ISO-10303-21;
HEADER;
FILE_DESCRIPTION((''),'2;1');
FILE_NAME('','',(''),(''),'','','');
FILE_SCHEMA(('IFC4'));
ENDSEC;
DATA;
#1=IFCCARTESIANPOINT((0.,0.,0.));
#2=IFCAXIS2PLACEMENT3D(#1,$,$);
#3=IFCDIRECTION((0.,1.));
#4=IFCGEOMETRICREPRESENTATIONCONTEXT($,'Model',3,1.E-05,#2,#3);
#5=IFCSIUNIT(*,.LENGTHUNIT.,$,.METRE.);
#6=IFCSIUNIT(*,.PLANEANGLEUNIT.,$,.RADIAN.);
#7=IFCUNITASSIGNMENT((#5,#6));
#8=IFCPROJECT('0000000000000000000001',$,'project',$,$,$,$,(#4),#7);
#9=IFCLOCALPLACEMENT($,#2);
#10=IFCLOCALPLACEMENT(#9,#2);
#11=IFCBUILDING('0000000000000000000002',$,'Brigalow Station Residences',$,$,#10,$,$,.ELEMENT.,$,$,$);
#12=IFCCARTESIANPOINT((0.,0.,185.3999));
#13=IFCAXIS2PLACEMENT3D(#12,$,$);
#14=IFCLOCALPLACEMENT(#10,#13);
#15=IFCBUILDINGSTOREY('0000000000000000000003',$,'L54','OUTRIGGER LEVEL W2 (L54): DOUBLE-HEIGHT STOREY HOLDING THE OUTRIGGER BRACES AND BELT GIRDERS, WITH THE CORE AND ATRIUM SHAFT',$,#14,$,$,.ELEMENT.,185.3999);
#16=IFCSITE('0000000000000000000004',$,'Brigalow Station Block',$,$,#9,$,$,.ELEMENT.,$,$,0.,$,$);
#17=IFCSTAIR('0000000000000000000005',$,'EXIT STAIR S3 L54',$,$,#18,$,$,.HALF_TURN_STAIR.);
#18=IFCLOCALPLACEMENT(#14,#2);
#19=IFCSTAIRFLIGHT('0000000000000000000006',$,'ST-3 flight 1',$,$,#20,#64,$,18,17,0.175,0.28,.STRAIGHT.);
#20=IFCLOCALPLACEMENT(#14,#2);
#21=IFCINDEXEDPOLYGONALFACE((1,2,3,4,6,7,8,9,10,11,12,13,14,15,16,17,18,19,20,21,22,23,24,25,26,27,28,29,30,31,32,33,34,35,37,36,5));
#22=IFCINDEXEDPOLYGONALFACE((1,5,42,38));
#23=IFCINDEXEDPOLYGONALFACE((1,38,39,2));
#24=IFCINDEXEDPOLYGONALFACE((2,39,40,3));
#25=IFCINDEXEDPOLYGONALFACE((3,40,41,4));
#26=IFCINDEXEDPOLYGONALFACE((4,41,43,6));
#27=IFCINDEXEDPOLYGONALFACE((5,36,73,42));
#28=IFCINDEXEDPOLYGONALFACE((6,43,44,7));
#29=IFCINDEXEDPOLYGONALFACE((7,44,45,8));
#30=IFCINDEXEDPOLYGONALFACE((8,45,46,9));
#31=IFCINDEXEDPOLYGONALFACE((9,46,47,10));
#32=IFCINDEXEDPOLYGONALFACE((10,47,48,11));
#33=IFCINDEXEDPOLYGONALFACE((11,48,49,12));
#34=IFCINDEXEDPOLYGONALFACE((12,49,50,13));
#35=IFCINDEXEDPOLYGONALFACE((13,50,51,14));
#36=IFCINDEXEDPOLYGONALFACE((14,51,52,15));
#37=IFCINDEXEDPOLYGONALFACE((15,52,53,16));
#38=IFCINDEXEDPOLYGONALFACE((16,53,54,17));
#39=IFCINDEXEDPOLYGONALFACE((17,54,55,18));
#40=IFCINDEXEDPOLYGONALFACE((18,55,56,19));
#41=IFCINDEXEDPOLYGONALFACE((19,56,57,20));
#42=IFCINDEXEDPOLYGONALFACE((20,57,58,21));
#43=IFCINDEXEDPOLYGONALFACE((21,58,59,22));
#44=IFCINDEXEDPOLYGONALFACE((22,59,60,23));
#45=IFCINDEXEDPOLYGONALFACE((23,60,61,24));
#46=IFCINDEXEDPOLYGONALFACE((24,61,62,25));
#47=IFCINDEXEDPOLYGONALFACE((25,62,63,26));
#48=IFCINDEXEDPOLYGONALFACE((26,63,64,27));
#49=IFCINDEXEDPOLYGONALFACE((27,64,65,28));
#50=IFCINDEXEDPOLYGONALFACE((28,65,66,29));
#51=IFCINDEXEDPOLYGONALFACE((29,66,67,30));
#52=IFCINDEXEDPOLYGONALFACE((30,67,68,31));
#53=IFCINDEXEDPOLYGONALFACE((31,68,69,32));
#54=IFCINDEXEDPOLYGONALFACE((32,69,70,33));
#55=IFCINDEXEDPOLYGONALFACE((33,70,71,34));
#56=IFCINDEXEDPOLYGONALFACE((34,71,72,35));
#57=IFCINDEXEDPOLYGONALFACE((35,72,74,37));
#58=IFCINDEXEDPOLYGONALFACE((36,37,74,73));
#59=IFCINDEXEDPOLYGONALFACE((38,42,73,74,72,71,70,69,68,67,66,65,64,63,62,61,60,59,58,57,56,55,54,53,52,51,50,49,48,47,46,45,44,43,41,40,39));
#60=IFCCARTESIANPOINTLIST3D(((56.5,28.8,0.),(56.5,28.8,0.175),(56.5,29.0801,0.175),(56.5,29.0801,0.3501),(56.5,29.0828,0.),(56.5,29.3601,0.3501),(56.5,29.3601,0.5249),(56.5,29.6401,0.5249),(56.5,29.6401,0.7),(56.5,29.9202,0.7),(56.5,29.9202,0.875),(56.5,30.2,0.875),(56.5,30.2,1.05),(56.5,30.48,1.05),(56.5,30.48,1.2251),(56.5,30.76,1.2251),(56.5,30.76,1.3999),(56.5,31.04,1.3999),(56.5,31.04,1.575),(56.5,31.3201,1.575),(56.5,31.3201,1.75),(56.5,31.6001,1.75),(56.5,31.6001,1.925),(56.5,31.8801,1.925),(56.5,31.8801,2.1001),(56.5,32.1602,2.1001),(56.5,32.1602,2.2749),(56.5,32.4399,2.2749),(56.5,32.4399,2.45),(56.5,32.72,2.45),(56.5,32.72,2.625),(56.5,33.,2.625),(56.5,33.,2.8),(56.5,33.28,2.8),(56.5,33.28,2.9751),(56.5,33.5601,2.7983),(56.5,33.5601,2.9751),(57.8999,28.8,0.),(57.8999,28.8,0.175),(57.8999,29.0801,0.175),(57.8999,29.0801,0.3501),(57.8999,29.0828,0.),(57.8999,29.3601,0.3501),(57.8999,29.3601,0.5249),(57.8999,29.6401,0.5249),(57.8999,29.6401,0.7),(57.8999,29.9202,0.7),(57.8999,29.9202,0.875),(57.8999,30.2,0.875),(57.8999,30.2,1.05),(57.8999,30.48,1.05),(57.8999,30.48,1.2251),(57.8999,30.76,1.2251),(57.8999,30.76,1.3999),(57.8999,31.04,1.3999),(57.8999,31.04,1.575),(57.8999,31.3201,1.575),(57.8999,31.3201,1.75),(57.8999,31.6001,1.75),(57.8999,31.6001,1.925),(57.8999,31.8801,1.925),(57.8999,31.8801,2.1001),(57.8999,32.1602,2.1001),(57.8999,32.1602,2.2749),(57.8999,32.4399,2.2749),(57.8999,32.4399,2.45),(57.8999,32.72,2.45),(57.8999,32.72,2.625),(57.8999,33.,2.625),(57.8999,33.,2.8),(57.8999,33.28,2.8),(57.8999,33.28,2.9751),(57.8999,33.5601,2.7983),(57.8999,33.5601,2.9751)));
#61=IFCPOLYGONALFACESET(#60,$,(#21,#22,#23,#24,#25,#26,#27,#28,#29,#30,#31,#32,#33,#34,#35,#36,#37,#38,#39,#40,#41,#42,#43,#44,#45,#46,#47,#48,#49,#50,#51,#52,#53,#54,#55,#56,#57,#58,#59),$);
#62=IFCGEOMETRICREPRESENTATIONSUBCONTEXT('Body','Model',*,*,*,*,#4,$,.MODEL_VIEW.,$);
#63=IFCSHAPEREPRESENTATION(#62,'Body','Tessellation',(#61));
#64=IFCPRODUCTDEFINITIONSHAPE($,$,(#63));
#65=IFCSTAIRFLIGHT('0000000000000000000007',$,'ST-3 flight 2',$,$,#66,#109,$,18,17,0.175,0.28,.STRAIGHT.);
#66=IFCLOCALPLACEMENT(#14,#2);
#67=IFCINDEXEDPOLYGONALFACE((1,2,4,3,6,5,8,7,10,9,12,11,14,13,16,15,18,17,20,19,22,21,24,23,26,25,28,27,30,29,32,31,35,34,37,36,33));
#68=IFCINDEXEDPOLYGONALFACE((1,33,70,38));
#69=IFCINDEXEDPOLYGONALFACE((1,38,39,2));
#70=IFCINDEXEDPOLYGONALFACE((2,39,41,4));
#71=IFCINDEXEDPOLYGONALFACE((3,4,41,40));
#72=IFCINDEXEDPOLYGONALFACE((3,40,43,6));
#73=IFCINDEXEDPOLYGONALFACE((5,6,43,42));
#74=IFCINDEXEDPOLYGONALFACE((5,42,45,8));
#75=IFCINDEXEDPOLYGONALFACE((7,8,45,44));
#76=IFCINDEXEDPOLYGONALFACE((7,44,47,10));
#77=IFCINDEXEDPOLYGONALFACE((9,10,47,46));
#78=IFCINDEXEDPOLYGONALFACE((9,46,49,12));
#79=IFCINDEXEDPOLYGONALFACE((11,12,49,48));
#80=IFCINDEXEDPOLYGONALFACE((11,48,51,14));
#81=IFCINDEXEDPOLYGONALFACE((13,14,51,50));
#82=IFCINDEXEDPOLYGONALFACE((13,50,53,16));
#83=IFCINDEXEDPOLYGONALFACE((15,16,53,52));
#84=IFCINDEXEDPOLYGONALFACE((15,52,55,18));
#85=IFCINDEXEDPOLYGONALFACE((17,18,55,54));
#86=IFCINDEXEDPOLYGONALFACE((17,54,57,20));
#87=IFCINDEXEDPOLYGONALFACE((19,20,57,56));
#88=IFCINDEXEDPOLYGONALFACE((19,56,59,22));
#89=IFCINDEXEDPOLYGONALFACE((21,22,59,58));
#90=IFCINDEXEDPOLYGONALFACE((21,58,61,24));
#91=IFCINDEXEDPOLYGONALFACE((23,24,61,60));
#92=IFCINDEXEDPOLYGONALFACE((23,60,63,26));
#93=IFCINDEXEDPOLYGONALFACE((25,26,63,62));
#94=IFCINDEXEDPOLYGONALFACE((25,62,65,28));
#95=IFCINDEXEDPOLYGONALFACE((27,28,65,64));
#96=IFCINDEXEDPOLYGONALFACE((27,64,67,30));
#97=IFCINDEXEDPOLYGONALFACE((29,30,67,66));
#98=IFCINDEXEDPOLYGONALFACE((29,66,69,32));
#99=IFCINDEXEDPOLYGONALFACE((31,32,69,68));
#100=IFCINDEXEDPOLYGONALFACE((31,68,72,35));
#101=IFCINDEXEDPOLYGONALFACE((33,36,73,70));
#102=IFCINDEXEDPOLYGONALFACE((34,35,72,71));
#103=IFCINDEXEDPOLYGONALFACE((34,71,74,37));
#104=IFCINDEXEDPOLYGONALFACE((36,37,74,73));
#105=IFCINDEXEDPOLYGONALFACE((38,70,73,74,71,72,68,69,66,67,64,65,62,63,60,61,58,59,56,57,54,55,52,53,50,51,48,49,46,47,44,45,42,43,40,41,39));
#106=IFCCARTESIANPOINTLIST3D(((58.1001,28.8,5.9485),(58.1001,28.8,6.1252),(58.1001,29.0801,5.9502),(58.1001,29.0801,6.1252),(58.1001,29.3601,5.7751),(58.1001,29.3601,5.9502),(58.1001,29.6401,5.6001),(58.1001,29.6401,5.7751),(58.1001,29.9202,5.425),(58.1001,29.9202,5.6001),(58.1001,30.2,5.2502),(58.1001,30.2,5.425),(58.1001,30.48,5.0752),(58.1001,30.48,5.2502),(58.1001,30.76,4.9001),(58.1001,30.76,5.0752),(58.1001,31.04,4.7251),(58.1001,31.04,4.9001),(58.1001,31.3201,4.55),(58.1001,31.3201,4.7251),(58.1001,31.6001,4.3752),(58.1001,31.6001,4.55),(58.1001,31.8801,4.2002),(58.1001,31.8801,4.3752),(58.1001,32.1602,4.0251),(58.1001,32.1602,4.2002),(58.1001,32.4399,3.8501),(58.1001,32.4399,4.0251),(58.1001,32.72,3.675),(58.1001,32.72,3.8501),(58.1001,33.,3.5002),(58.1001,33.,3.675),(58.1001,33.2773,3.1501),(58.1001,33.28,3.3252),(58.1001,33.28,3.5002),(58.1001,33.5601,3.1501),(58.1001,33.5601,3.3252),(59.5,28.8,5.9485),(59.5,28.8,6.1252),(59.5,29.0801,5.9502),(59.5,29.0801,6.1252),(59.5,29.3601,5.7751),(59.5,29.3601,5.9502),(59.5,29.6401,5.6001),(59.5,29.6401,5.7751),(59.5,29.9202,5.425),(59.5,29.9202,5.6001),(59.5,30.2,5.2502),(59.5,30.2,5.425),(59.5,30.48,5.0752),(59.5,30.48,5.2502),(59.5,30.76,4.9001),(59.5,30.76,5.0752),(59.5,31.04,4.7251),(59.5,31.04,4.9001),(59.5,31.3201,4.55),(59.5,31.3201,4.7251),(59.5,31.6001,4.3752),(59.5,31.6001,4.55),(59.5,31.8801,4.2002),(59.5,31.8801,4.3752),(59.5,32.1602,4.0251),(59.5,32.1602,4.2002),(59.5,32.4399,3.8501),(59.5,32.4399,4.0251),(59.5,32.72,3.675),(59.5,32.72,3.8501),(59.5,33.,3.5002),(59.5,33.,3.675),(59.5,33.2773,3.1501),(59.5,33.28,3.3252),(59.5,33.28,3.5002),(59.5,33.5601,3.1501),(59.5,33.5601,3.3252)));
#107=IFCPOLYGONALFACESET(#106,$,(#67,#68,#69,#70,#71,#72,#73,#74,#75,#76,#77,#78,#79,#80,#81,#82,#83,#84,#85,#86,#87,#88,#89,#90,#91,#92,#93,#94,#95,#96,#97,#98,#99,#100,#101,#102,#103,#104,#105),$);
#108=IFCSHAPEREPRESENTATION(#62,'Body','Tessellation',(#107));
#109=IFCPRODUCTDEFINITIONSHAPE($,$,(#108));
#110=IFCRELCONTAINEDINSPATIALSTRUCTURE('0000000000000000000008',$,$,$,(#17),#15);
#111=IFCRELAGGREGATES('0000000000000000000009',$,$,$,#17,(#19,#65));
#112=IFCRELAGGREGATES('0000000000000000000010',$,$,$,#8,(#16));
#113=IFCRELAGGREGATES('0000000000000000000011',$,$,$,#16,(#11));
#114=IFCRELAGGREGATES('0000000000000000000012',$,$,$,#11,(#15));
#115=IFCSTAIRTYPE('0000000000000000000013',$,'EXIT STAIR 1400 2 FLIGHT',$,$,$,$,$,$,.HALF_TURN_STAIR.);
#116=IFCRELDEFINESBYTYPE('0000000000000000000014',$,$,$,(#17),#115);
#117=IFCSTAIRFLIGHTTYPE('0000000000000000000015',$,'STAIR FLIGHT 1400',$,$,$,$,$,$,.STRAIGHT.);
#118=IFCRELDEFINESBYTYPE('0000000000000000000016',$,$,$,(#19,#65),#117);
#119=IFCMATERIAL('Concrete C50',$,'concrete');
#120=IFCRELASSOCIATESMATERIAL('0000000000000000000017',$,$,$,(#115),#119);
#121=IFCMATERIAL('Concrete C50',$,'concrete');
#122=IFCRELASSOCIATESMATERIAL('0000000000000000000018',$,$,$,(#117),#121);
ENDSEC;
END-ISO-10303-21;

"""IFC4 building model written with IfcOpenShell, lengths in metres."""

from ifc_helpers import new_model, si_unit, direction, frame, origin, place, context, subcontext, project, spatial, polyline, outline, extrude, material, type_object, element, aggregate, save


model = new_model("IFC4")

# Units and contexts
model_context = context("Model", 3, precision=1e-05, world=origin(), true_north=direction((0.0, 1.0)))
body_context = subcontext(model_context, "Body", "Model", "MODEL_VIEW")
ifc_project = project(units=[si_unit("LENGTHUNIT", "METRE"), si_unit("PLANEANGLEUNIT", "RADIAN")], contexts=[model_context])

# Site, building, storey
site_placement = place(None, origin())
site = spatial("IfcSite", under=ifc_project, at=site_placement, Name="Brigalow Station Block", CompositionType="ELEMENT", RefElevation=0.0)
building_placement = place(site_placement, origin())
building = spatial("IfcBuilding", under=site, at=building_placement, Name="Brigalow Station Residences", CompositionType="ELEMENT")
storey_placement = place(building_placement, frame((0.0, 0.0, 185.3999)))
storey = spatial("IfcBuildingStorey", under=building, at=storey_placement, Name="L54", Description="OUTRIGGER LEVEL W2 (L54): DOUBLE-HEIGHT STOREY HOLDING THE OUTRIGGER BRACES AND BELT GIRDERS, WITH THE CORE AND ATRIUM SHAFT", CompositionType="ELEMENT", Elevation=185.3999)

# Stair, stair flights
ifc_material_1 = material(Name="Concrete C50", Category="concrete")
stair_type = type_object("IfcStairType", Name="EXIT STAIR 1400 2 FLIGHT", PredefinedType="HALF_TURN_STAIR", material=ifc_material_1)
stair_placement = place(storey_placement, origin())
stair = element("IfcStair", 1, at=stair_placement, inside=storey, type_object=stair_type, Name="EXIT STAIR S3 L54", PredefinedType="HALF_TURN_STAIR")
ifc_material_2 = material(Name="Concrete C50", Category="concrete")
stair_flight_type = type_object("IfcStairFlightType", Name="STAIR FLIGHT 1400", PredefinedType="STRAIGHT", material=ifc_material_2)
stair_flight_1_placement = place(storey_placement, frame((57.2, 28.8, 0.0), z_axis=(0.0, 0.0, 1.0), x_axis=(0.0, 1.0, 0.0)))
stair_flight_1 = element("IfcStairFlight", 2, at=stair_flight_1_placement, type_object=stair_flight_type, Name="ST-3 flight 1", NumberOfRisers=18, NumberOfTreads=17, PredefinedType="STRAIGHT", RiserHeight=0.175, TreadLength=0.28, context=body_context, shape_type="SweptSolid", body=[
    extrude(outline(polyline([(0.0, 0.0), (0.0, 0.175), (0.28, 0.175), (0.28, 0.3501), (0.5601, 0.3501), (0.5601, 0.5249), (0.8401, 0.5249), (0.8401, 0.7), (1.1201, 0.7), (1.1201, 0.875), (1.3999, 0.875), (1.3999, 1.05), (1.6799, 1.05), (1.6799, 1.2251), (1.96, 1.2251), (1.96, 1.3999), (2.24, 1.3999), (2.24, 1.575), (2.52, 1.575), (2.52, 1.75), (2.8, 1.75), (2.8, 1.925), (3.0801, 1.925), (3.0801, 2.1001), (3.3601, 2.1001), (3.3601, 2.2749), (3.6399, 2.2749), (3.6399, 2.45), (3.9199, 2.45), (3.9199, 2.625), (4.2, 2.625), (4.2, 2.8), (4.48, 2.8), (4.48, 2.9751), (4.76, 2.9751), (4.76, 3.1499), (4.76, 2.7983), (0.2827, 0.0), (0.0, 0.0)])), frame((0.0, 0.7, 0.0), z_axis=(0.0, -1.0, 0.0), x_axis=(1.0, 0.0, 0.0)), (0.0, 0.0, 1.0), 1.3999),
])
stair_flight_2_placement = place(storey_placement, frame((58.8, 33.5601, 3.1501), z_axis=(0.0, 0.0, 1.0), x_axis=(0.0, -1.0, 0.0)))
stair_flight_2 = element("IfcStairFlight", 3, at=stair_flight_2_placement, type_object=stair_flight_type, Name="ST-3 flight 2", NumberOfRisers=18, NumberOfTreads=17, PredefinedType="STRAIGHT", RiserHeight=0.175, TreadLength=0.28, context=body_context, shape_type="SweptSolid", body=[
    extrude(outline(polyline([(0.0, 0.0), (0.0, 0.175), (0.28, 0.175), (0.28, 0.3501), (0.5601, 0.3501), (0.5601, 0.5249), (0.8401, 0.5249), (0.8401, 0.7), (1.1201, 0.7), (1.1201, 0.875), (1.3999, 0.875), (1.3999, 1.05), (1.6799, 1.05), (1.6799, 1.2251), (1.96, 1.2251), (1.96, 1.3999), (2.24, 1.3999), (2.24, 1.575), (2.52, 1.575), (2.52, 1.75), (2.8, 1.75), (2.8, 1.925), (3.0801, 1.925), (3.0801, 2.1001), (3.3601, 2.1001), (3.3601, 2.2749), (3.6399, 2.2749), (3.6399, 2.45), (3.9199, 2.45), (3.9199, 2.625), (4.2, 2.625), (4.2, 2.8), (4.48, 2.8), (4.48, 2.9751), (4.76, 2.9751), (4.76, 3.1499), (4.76, 2.7983), (0.2827, 0.0), (0.0, 0.0)])), frame((0.0, 0.7, 0.0), z_axis=(0.0, -1.0, 0.0), x_axis=(1.0, 0.0, 0.0)), (0.0, 0.0, 1.0), 1.3999),
])
aggregate(stair, [stair_flight_1, stair_flight_2])

save(model, "model.ifc")
